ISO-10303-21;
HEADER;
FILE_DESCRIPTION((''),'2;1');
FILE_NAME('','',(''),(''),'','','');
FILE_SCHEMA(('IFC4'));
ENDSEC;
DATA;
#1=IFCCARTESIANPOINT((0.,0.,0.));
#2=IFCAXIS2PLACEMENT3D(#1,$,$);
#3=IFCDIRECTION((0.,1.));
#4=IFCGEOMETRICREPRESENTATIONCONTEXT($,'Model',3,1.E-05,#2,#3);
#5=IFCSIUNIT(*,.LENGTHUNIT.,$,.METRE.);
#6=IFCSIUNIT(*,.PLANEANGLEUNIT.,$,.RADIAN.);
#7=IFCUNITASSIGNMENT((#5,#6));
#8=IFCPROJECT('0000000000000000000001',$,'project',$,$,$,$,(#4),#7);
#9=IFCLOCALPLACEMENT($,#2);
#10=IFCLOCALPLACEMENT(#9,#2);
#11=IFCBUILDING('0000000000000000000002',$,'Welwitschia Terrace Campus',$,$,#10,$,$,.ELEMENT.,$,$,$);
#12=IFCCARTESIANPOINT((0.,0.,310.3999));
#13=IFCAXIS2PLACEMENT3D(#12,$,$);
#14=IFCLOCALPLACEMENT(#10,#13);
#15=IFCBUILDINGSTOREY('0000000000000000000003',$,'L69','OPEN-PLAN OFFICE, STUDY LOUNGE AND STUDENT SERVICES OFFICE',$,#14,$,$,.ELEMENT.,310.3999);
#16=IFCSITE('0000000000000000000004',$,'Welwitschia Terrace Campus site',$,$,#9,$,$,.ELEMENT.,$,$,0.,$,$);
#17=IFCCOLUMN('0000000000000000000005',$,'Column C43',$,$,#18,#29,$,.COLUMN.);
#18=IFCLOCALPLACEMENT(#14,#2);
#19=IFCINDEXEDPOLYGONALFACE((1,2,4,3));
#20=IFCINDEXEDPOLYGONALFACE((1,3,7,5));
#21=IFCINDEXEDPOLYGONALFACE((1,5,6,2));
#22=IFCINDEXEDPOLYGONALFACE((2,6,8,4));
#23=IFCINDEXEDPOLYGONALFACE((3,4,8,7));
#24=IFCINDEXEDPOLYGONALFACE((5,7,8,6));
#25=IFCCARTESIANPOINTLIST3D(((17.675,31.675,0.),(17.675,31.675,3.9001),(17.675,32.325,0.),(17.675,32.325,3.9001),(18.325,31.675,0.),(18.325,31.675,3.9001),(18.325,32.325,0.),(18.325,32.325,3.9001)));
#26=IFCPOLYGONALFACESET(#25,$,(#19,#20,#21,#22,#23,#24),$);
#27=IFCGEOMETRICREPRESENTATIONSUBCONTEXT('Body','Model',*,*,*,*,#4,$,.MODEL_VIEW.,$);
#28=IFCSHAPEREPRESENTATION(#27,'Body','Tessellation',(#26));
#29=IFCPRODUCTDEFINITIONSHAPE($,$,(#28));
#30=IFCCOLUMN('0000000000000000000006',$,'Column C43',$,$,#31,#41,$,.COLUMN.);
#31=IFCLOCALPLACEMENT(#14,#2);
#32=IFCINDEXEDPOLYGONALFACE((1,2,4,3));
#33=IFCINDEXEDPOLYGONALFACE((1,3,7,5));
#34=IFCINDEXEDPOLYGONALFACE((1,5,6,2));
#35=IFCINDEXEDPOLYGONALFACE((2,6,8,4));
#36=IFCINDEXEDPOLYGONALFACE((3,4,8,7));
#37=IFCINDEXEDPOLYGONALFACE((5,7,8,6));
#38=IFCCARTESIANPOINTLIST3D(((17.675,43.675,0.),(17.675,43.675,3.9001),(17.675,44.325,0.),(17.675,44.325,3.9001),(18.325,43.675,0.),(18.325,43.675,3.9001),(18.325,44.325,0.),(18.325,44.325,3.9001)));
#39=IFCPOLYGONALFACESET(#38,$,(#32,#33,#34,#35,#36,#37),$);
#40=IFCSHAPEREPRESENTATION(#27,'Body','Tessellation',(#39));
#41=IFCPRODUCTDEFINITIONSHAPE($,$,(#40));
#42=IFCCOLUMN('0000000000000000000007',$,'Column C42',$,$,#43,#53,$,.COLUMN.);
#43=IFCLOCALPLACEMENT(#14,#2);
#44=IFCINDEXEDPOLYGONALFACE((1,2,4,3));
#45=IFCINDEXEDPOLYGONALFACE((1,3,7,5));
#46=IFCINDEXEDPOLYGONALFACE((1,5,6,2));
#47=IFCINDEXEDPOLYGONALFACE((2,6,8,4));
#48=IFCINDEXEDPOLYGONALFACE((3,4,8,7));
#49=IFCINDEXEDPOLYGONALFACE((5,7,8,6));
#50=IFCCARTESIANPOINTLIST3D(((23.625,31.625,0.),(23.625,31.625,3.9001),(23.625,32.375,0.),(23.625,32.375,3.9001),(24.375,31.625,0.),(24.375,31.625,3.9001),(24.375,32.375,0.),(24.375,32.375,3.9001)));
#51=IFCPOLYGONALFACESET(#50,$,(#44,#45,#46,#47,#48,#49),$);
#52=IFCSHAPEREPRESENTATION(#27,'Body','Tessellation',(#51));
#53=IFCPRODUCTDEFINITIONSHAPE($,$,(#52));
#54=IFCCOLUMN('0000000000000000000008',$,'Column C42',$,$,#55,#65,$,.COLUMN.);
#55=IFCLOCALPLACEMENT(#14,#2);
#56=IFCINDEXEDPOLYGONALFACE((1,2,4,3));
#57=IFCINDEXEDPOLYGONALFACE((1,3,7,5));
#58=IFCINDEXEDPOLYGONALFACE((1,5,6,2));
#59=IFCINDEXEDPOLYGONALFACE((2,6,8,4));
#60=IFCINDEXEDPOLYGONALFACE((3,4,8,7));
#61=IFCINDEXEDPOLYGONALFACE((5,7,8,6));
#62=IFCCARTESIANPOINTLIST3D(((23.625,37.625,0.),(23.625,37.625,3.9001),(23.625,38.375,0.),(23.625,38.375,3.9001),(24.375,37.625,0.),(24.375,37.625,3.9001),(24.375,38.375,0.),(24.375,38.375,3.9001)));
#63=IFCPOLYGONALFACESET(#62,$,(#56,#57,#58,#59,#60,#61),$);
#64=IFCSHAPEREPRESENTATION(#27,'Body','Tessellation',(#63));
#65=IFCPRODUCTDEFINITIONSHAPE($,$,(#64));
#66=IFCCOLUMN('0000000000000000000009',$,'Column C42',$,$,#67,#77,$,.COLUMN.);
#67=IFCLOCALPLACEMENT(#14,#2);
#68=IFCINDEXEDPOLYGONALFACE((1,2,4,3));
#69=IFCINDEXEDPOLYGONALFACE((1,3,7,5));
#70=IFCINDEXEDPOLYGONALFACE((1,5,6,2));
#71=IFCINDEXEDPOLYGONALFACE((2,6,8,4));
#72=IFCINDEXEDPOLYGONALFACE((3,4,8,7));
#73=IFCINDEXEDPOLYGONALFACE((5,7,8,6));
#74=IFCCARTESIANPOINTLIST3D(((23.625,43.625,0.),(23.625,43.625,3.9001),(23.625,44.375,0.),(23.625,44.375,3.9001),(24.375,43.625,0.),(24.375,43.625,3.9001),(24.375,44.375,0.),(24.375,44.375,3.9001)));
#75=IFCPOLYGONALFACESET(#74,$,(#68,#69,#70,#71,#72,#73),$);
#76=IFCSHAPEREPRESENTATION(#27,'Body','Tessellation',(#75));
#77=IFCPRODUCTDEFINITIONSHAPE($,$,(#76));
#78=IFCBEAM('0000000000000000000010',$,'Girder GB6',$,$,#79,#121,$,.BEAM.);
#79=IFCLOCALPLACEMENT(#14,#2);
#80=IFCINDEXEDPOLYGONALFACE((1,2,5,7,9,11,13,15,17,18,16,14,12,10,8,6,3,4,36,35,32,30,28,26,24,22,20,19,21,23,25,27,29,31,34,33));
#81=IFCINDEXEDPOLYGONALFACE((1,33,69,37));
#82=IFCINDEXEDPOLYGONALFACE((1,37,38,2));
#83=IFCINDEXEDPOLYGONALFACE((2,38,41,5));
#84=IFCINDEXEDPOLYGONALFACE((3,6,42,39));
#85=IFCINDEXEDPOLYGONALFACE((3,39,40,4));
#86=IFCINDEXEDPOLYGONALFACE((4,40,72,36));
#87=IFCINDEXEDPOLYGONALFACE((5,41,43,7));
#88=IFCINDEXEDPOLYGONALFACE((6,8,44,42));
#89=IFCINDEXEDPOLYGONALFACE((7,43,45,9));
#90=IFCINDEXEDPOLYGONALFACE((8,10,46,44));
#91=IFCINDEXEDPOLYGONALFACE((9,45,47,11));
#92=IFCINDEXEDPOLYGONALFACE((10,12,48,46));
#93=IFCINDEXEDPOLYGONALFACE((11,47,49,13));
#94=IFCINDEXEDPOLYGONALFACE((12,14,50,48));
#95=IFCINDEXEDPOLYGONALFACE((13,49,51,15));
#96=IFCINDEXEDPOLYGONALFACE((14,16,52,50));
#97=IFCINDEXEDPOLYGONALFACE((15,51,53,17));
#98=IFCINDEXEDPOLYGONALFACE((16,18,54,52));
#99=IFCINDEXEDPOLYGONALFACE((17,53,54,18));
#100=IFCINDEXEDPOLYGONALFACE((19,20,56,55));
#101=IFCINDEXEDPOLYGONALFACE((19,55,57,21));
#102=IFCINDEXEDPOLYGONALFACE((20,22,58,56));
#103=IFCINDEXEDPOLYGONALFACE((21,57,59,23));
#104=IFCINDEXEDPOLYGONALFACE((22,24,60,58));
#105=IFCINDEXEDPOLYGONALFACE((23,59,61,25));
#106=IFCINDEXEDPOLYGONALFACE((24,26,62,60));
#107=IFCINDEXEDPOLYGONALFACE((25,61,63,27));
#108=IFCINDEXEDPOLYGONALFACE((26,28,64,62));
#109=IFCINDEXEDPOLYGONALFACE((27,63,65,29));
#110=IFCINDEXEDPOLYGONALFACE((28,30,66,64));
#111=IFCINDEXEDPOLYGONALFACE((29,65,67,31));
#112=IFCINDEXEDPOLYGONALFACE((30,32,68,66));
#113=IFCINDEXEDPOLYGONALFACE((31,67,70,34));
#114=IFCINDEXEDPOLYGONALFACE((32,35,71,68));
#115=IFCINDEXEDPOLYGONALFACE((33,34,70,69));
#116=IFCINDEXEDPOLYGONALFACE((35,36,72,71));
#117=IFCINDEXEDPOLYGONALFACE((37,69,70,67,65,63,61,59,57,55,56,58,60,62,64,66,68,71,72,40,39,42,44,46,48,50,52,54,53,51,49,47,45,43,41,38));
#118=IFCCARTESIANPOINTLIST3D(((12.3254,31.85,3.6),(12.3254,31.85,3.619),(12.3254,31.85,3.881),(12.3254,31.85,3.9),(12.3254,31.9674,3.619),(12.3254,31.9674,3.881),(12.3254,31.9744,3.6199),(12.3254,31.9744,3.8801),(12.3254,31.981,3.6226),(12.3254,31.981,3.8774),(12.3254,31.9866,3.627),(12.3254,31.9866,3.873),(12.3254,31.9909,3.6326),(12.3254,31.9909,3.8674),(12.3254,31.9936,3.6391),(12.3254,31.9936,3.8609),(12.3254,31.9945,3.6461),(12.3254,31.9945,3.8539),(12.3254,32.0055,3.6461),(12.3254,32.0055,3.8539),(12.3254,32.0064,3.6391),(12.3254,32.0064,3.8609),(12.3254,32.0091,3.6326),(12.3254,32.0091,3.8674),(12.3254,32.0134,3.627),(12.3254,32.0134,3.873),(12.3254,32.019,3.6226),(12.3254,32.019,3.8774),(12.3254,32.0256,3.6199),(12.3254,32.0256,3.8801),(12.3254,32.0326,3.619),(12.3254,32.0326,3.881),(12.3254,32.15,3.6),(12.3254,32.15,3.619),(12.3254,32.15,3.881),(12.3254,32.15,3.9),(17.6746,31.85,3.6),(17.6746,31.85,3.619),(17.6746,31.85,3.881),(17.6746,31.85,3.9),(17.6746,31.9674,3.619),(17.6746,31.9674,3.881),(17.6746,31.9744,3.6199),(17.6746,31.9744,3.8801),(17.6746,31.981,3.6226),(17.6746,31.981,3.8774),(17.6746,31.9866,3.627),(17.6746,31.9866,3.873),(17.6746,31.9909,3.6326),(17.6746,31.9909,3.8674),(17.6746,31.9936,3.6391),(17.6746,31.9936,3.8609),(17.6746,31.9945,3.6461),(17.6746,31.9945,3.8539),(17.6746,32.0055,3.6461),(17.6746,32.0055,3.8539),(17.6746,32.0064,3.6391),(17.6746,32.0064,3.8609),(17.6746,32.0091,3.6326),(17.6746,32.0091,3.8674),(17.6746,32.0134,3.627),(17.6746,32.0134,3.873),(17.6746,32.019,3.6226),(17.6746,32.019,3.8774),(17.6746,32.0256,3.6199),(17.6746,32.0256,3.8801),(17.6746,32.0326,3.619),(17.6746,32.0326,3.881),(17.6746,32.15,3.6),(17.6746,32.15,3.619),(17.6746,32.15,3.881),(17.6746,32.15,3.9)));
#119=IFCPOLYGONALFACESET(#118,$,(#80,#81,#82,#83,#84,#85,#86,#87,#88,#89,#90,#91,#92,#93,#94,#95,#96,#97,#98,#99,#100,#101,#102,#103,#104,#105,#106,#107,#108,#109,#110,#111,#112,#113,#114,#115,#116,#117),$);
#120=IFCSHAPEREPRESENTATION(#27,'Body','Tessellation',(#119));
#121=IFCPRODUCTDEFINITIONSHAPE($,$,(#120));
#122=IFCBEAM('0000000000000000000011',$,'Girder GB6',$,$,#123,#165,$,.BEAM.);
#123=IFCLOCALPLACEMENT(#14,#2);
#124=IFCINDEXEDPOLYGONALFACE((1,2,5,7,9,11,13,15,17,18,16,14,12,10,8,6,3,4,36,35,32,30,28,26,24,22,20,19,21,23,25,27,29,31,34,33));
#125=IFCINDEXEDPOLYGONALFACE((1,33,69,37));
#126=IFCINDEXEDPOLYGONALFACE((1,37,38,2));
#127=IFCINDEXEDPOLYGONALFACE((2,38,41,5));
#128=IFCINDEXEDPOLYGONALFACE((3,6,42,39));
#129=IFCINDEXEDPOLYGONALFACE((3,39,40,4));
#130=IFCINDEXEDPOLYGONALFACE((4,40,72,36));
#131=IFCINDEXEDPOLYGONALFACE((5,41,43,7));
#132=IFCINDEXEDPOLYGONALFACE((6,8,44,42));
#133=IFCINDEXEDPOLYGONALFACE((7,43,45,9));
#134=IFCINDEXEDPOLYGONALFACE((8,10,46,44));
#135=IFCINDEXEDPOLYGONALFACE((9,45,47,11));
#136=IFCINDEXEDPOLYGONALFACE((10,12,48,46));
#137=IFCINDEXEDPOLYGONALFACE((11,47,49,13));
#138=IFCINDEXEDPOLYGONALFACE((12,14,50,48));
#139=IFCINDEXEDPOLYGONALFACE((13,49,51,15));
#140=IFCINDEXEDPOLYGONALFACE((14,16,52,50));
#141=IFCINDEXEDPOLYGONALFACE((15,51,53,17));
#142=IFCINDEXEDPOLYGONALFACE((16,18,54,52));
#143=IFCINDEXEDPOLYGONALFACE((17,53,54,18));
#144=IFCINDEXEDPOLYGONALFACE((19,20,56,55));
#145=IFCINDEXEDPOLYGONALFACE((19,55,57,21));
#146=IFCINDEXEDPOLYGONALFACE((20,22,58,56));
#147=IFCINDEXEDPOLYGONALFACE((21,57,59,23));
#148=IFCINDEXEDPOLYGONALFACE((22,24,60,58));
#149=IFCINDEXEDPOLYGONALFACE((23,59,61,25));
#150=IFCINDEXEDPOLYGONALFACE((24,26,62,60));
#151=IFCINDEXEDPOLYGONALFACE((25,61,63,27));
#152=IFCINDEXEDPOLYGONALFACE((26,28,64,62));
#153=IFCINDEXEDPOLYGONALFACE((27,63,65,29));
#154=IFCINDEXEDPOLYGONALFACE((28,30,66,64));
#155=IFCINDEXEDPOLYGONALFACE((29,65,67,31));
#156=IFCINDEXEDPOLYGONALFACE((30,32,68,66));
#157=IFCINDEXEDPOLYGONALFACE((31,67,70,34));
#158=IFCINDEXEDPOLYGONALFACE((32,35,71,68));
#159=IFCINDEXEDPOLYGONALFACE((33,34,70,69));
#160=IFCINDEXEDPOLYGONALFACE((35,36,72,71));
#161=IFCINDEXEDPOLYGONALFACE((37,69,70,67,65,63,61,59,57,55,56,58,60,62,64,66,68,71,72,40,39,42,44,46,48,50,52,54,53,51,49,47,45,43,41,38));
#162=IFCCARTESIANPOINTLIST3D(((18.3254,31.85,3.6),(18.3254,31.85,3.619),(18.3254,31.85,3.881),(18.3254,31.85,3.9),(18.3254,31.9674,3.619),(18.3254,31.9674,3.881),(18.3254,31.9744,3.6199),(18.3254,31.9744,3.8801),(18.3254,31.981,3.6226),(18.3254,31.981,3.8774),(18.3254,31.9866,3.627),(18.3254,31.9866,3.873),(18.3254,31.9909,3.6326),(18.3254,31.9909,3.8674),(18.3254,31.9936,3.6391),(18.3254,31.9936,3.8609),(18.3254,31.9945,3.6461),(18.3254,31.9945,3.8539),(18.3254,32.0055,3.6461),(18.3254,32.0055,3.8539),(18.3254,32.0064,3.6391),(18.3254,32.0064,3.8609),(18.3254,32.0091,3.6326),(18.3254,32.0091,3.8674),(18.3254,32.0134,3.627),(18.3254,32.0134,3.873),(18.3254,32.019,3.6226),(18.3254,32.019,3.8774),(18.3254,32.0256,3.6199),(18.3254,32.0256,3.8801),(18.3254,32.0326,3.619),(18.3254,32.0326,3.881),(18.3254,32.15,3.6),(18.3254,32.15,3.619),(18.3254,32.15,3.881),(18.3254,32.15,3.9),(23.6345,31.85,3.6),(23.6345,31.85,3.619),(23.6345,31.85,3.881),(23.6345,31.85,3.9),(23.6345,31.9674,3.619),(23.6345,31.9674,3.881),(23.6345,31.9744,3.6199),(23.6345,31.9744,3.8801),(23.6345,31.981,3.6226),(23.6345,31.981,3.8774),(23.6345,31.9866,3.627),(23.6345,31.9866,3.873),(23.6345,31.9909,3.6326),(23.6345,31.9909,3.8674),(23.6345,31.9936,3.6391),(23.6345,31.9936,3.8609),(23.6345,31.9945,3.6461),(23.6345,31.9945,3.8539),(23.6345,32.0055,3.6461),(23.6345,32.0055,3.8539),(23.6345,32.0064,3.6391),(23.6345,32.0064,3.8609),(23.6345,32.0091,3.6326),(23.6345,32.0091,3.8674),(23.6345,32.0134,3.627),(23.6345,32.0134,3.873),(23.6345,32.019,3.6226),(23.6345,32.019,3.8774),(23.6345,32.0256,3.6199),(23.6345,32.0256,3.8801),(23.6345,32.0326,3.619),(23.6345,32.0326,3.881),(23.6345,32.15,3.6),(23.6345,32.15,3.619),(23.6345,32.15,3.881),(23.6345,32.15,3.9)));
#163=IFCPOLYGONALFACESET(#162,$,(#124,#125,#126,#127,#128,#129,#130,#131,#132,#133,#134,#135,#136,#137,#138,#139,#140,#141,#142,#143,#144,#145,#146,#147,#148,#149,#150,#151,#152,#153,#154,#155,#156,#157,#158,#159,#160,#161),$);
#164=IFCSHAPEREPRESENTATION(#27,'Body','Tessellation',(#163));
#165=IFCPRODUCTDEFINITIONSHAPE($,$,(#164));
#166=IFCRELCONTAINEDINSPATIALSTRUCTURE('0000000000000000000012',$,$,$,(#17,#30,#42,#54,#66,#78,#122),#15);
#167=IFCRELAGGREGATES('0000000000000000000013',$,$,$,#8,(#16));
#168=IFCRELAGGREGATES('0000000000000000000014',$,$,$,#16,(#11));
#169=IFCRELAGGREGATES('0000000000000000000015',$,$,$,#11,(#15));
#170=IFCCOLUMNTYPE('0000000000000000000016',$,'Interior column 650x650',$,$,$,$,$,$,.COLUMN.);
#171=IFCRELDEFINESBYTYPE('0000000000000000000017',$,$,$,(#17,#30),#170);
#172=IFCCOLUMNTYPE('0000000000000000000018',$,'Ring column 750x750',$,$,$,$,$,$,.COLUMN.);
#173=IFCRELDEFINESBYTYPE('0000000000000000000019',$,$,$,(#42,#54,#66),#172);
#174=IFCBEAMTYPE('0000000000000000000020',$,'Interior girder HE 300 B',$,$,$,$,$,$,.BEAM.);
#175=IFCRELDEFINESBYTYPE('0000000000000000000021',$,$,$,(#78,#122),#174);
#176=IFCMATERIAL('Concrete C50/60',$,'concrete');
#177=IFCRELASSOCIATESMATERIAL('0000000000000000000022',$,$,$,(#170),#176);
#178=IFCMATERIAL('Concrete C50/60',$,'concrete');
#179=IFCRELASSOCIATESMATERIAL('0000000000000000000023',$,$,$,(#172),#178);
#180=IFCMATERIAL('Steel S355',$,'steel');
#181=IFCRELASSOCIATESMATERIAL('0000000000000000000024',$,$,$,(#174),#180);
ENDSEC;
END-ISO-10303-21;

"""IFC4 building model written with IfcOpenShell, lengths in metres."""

from ifc_helpers import new_model, si_unit, direction, frame, origin, origin_2d, place, context, subcontext, project, spatial, rectangle, i_section, extrude, material, material_profile, profile_set, type_object, element, save


model = new_model("IFC4")

# Units and contexts
model_context = context("Model", 3, precision=1e-05, world=origin(), true_north=direction((0.0, 1.0)))
body_context = subcontext(model_context, "Body", "Model", "MODEL_VIEW")
ifc_project = project(units=[si_unit("LENGTHUNIT", "METRE"), si_unit("PLANEANGLEUNIT", "RADIAN")], contexts=[model_context])

# Site, building, storey
site_placement = place(None, origin())
site = spatial("IfcSite", under=ifc_project, at=site_placement, Name="Welwitschia Terrace Campus site", CompositionType="ELEMENT", RefElevation=0.0)
building_placement = place(site_placement, origin())
building = spatial("IfcBuilding", under=site, at=building_placement, Name="Welwitschia Terrace Campus", CompositionType="ELEMENT")
storey_placement = place(building_placement, frame((0.0, 0.0, 310.3999)))
storey = spatial("IfcBuildingStorey", under=building, at=storey_placement, Name="L69", Description="OPEN-PLAN OFFICE, STUDY LOUNGE AND STUDENT SERVICES OFFICE", CompositionType="ELEMENT", Elevation=310.3999)

# Columns
ifc_material_1 = material(Name="Concrete C50/60", Category="concrete")
ifc_material_profile_1 = material_profile(ifc_material_1, rectangle(XDim=0.6499, YDim=0.6499, at=origin_2d()))
ifc_profile_set_1 = profile_set([ifc_material_profile_1], Name="Concrete C50/60")
column_type_1 = type_object("IfcColumnType", Name="Interior column 650x650", PredefinedType="COLUMN", material=ifc_profile_set_1)
for number, where, z_axis, x_axis, name in (
    (1, (18.0, 32.0, 0.0), (0.0, 0.0, 1.0), (1.0, 0.0, 0.0), "Column C43"),
    (2, (18.0, 44.0, 0.0), (0.0, 0.0, 1.0), (1.0, 0.0, 0.0), "Column C43"),
):
    element("IfcColumn", number, at=place(storey_placement, frame(where, z_axis=z_axis, x_axis=x_axis)), inside=storey, type_object=column_type_1, Name=name, PredefinedType="COLUMN", context=body_context, shape_type="SweptSolid", body=[
        extrude(rectangle(XDim=0.6499, YDim=0.6499, at=origin_2d()), origin(), (0.0, 0.0, 1.0), 3.9001),
    ])
ifc_material_2 = material(Name="Concrete C50/60", Category="concrete")
ifc_material_profile_2 = material_profile(ifc_material_2, rectangle(XDim=0.75, YDim=0.75, at=origin_2d()))
ifc_profile_set_2 = profile_set([ifc_material_profile_2], Name="Concrete C50/60")
column_type_2 = type_object("IfcColumnType", Name="Ring column 750x750", PredefinedType="COLUMN", material=ifc_profile_set_2)
for number, where, z_axis, x_axis, name in (
    (3, (24.0, 32.0, 0.0), (0.0, 0.0, 1.0), (1.0, 0.0, 0.0), "Column C42"),
    (4, (24.0, 38.0, 0.0), (0.0, 0.0, 1.0), (1.0, 0.0, 0.0), "Column C42"),
    (5, (24.0, 44.0, 0.0), (0.0, 0.0, 1.0), (1.0, 0.0, 0.0), "Column C42"),
):
    element("IfcColumn", number, at=place(storey_placement, frame(where, z_axis=z_axis, x_axis=x_axis)), inside=storey, type_object=column_type_2, Name=name, PredefinedType="COLUMN", context=body_context, shape_type="SweptSolid", body=[
        extrude(rectangle(XDim=0.75, YDim=0.75, at=origin_2d()), origin(), (0.0, 0.0, 1.0), 3.9001),
    ])

# Beams
ifc_material_3 = material(Name="Steel S355", Category="steel")
ifc_material_profile_3 = material_profile(ifc_material_3, i_section(OverallWidth=0.3, OverallDepth=0.3, WebThickness=0.011, FlangeThickness=0.019, FilletRadius=0.0271, at=origin_2d()))
ifc_profile_set_3 = profile_set([ifc_material_profile_3], Name="Steel S355")
beam_type_1 = type_object("IfcBeamType", Name="Interior girder HE 300 B", PredefinedType="BEAM", material=ifc_profile_set_3)
beam_1_placement = place(storey_placement, frame((12.3254, 32.0, 3.75), z_axis=(1.0, 0.0, 0.0), x_axis=(0.0, 1.0, 0.0)))
element("IfcBeam", 6, at=beam_1_placement, inside=storey, type_object=beam_type_1, Name="Girder GB6", PredefinedType="BEAM", context=body_context, shape_type="SweptSolid", body=[
    extrude(i_section(OverallWidth=0.3, OverallDepth=0.3, WebThickness=0.011, FlangeThickness=0.019, FilletRadius=0.0271, at=origin_2d()), origin(), (0.0, 0.0, 1.0), 5.3491),
])
beam_2_placement = place(storey_placement, frame((18.3254, 32.0, 3.75), z_axis=(1.0, 0.0, 0.0), x_axis=(0.0, 1.0, 0.0)))
element("IfcBeam", 7, at=beam_2_placement, inside=storey, type_object=beam_type_1, Name="Girder GB6", PredefinedType="BEAM", context=body_context, shape_type="SweptSolid", body=[
    extrude(i_section(OverallWidth=0.3, OverallDepth=0.3, WebThickness=0.011, FlangeThickness=0.019, FilletRadius=0.0271, at=origin_2d()), origin(), (0.0, 0.0, 1.0), 5.3091),
])

save(model, "model.ifc")
